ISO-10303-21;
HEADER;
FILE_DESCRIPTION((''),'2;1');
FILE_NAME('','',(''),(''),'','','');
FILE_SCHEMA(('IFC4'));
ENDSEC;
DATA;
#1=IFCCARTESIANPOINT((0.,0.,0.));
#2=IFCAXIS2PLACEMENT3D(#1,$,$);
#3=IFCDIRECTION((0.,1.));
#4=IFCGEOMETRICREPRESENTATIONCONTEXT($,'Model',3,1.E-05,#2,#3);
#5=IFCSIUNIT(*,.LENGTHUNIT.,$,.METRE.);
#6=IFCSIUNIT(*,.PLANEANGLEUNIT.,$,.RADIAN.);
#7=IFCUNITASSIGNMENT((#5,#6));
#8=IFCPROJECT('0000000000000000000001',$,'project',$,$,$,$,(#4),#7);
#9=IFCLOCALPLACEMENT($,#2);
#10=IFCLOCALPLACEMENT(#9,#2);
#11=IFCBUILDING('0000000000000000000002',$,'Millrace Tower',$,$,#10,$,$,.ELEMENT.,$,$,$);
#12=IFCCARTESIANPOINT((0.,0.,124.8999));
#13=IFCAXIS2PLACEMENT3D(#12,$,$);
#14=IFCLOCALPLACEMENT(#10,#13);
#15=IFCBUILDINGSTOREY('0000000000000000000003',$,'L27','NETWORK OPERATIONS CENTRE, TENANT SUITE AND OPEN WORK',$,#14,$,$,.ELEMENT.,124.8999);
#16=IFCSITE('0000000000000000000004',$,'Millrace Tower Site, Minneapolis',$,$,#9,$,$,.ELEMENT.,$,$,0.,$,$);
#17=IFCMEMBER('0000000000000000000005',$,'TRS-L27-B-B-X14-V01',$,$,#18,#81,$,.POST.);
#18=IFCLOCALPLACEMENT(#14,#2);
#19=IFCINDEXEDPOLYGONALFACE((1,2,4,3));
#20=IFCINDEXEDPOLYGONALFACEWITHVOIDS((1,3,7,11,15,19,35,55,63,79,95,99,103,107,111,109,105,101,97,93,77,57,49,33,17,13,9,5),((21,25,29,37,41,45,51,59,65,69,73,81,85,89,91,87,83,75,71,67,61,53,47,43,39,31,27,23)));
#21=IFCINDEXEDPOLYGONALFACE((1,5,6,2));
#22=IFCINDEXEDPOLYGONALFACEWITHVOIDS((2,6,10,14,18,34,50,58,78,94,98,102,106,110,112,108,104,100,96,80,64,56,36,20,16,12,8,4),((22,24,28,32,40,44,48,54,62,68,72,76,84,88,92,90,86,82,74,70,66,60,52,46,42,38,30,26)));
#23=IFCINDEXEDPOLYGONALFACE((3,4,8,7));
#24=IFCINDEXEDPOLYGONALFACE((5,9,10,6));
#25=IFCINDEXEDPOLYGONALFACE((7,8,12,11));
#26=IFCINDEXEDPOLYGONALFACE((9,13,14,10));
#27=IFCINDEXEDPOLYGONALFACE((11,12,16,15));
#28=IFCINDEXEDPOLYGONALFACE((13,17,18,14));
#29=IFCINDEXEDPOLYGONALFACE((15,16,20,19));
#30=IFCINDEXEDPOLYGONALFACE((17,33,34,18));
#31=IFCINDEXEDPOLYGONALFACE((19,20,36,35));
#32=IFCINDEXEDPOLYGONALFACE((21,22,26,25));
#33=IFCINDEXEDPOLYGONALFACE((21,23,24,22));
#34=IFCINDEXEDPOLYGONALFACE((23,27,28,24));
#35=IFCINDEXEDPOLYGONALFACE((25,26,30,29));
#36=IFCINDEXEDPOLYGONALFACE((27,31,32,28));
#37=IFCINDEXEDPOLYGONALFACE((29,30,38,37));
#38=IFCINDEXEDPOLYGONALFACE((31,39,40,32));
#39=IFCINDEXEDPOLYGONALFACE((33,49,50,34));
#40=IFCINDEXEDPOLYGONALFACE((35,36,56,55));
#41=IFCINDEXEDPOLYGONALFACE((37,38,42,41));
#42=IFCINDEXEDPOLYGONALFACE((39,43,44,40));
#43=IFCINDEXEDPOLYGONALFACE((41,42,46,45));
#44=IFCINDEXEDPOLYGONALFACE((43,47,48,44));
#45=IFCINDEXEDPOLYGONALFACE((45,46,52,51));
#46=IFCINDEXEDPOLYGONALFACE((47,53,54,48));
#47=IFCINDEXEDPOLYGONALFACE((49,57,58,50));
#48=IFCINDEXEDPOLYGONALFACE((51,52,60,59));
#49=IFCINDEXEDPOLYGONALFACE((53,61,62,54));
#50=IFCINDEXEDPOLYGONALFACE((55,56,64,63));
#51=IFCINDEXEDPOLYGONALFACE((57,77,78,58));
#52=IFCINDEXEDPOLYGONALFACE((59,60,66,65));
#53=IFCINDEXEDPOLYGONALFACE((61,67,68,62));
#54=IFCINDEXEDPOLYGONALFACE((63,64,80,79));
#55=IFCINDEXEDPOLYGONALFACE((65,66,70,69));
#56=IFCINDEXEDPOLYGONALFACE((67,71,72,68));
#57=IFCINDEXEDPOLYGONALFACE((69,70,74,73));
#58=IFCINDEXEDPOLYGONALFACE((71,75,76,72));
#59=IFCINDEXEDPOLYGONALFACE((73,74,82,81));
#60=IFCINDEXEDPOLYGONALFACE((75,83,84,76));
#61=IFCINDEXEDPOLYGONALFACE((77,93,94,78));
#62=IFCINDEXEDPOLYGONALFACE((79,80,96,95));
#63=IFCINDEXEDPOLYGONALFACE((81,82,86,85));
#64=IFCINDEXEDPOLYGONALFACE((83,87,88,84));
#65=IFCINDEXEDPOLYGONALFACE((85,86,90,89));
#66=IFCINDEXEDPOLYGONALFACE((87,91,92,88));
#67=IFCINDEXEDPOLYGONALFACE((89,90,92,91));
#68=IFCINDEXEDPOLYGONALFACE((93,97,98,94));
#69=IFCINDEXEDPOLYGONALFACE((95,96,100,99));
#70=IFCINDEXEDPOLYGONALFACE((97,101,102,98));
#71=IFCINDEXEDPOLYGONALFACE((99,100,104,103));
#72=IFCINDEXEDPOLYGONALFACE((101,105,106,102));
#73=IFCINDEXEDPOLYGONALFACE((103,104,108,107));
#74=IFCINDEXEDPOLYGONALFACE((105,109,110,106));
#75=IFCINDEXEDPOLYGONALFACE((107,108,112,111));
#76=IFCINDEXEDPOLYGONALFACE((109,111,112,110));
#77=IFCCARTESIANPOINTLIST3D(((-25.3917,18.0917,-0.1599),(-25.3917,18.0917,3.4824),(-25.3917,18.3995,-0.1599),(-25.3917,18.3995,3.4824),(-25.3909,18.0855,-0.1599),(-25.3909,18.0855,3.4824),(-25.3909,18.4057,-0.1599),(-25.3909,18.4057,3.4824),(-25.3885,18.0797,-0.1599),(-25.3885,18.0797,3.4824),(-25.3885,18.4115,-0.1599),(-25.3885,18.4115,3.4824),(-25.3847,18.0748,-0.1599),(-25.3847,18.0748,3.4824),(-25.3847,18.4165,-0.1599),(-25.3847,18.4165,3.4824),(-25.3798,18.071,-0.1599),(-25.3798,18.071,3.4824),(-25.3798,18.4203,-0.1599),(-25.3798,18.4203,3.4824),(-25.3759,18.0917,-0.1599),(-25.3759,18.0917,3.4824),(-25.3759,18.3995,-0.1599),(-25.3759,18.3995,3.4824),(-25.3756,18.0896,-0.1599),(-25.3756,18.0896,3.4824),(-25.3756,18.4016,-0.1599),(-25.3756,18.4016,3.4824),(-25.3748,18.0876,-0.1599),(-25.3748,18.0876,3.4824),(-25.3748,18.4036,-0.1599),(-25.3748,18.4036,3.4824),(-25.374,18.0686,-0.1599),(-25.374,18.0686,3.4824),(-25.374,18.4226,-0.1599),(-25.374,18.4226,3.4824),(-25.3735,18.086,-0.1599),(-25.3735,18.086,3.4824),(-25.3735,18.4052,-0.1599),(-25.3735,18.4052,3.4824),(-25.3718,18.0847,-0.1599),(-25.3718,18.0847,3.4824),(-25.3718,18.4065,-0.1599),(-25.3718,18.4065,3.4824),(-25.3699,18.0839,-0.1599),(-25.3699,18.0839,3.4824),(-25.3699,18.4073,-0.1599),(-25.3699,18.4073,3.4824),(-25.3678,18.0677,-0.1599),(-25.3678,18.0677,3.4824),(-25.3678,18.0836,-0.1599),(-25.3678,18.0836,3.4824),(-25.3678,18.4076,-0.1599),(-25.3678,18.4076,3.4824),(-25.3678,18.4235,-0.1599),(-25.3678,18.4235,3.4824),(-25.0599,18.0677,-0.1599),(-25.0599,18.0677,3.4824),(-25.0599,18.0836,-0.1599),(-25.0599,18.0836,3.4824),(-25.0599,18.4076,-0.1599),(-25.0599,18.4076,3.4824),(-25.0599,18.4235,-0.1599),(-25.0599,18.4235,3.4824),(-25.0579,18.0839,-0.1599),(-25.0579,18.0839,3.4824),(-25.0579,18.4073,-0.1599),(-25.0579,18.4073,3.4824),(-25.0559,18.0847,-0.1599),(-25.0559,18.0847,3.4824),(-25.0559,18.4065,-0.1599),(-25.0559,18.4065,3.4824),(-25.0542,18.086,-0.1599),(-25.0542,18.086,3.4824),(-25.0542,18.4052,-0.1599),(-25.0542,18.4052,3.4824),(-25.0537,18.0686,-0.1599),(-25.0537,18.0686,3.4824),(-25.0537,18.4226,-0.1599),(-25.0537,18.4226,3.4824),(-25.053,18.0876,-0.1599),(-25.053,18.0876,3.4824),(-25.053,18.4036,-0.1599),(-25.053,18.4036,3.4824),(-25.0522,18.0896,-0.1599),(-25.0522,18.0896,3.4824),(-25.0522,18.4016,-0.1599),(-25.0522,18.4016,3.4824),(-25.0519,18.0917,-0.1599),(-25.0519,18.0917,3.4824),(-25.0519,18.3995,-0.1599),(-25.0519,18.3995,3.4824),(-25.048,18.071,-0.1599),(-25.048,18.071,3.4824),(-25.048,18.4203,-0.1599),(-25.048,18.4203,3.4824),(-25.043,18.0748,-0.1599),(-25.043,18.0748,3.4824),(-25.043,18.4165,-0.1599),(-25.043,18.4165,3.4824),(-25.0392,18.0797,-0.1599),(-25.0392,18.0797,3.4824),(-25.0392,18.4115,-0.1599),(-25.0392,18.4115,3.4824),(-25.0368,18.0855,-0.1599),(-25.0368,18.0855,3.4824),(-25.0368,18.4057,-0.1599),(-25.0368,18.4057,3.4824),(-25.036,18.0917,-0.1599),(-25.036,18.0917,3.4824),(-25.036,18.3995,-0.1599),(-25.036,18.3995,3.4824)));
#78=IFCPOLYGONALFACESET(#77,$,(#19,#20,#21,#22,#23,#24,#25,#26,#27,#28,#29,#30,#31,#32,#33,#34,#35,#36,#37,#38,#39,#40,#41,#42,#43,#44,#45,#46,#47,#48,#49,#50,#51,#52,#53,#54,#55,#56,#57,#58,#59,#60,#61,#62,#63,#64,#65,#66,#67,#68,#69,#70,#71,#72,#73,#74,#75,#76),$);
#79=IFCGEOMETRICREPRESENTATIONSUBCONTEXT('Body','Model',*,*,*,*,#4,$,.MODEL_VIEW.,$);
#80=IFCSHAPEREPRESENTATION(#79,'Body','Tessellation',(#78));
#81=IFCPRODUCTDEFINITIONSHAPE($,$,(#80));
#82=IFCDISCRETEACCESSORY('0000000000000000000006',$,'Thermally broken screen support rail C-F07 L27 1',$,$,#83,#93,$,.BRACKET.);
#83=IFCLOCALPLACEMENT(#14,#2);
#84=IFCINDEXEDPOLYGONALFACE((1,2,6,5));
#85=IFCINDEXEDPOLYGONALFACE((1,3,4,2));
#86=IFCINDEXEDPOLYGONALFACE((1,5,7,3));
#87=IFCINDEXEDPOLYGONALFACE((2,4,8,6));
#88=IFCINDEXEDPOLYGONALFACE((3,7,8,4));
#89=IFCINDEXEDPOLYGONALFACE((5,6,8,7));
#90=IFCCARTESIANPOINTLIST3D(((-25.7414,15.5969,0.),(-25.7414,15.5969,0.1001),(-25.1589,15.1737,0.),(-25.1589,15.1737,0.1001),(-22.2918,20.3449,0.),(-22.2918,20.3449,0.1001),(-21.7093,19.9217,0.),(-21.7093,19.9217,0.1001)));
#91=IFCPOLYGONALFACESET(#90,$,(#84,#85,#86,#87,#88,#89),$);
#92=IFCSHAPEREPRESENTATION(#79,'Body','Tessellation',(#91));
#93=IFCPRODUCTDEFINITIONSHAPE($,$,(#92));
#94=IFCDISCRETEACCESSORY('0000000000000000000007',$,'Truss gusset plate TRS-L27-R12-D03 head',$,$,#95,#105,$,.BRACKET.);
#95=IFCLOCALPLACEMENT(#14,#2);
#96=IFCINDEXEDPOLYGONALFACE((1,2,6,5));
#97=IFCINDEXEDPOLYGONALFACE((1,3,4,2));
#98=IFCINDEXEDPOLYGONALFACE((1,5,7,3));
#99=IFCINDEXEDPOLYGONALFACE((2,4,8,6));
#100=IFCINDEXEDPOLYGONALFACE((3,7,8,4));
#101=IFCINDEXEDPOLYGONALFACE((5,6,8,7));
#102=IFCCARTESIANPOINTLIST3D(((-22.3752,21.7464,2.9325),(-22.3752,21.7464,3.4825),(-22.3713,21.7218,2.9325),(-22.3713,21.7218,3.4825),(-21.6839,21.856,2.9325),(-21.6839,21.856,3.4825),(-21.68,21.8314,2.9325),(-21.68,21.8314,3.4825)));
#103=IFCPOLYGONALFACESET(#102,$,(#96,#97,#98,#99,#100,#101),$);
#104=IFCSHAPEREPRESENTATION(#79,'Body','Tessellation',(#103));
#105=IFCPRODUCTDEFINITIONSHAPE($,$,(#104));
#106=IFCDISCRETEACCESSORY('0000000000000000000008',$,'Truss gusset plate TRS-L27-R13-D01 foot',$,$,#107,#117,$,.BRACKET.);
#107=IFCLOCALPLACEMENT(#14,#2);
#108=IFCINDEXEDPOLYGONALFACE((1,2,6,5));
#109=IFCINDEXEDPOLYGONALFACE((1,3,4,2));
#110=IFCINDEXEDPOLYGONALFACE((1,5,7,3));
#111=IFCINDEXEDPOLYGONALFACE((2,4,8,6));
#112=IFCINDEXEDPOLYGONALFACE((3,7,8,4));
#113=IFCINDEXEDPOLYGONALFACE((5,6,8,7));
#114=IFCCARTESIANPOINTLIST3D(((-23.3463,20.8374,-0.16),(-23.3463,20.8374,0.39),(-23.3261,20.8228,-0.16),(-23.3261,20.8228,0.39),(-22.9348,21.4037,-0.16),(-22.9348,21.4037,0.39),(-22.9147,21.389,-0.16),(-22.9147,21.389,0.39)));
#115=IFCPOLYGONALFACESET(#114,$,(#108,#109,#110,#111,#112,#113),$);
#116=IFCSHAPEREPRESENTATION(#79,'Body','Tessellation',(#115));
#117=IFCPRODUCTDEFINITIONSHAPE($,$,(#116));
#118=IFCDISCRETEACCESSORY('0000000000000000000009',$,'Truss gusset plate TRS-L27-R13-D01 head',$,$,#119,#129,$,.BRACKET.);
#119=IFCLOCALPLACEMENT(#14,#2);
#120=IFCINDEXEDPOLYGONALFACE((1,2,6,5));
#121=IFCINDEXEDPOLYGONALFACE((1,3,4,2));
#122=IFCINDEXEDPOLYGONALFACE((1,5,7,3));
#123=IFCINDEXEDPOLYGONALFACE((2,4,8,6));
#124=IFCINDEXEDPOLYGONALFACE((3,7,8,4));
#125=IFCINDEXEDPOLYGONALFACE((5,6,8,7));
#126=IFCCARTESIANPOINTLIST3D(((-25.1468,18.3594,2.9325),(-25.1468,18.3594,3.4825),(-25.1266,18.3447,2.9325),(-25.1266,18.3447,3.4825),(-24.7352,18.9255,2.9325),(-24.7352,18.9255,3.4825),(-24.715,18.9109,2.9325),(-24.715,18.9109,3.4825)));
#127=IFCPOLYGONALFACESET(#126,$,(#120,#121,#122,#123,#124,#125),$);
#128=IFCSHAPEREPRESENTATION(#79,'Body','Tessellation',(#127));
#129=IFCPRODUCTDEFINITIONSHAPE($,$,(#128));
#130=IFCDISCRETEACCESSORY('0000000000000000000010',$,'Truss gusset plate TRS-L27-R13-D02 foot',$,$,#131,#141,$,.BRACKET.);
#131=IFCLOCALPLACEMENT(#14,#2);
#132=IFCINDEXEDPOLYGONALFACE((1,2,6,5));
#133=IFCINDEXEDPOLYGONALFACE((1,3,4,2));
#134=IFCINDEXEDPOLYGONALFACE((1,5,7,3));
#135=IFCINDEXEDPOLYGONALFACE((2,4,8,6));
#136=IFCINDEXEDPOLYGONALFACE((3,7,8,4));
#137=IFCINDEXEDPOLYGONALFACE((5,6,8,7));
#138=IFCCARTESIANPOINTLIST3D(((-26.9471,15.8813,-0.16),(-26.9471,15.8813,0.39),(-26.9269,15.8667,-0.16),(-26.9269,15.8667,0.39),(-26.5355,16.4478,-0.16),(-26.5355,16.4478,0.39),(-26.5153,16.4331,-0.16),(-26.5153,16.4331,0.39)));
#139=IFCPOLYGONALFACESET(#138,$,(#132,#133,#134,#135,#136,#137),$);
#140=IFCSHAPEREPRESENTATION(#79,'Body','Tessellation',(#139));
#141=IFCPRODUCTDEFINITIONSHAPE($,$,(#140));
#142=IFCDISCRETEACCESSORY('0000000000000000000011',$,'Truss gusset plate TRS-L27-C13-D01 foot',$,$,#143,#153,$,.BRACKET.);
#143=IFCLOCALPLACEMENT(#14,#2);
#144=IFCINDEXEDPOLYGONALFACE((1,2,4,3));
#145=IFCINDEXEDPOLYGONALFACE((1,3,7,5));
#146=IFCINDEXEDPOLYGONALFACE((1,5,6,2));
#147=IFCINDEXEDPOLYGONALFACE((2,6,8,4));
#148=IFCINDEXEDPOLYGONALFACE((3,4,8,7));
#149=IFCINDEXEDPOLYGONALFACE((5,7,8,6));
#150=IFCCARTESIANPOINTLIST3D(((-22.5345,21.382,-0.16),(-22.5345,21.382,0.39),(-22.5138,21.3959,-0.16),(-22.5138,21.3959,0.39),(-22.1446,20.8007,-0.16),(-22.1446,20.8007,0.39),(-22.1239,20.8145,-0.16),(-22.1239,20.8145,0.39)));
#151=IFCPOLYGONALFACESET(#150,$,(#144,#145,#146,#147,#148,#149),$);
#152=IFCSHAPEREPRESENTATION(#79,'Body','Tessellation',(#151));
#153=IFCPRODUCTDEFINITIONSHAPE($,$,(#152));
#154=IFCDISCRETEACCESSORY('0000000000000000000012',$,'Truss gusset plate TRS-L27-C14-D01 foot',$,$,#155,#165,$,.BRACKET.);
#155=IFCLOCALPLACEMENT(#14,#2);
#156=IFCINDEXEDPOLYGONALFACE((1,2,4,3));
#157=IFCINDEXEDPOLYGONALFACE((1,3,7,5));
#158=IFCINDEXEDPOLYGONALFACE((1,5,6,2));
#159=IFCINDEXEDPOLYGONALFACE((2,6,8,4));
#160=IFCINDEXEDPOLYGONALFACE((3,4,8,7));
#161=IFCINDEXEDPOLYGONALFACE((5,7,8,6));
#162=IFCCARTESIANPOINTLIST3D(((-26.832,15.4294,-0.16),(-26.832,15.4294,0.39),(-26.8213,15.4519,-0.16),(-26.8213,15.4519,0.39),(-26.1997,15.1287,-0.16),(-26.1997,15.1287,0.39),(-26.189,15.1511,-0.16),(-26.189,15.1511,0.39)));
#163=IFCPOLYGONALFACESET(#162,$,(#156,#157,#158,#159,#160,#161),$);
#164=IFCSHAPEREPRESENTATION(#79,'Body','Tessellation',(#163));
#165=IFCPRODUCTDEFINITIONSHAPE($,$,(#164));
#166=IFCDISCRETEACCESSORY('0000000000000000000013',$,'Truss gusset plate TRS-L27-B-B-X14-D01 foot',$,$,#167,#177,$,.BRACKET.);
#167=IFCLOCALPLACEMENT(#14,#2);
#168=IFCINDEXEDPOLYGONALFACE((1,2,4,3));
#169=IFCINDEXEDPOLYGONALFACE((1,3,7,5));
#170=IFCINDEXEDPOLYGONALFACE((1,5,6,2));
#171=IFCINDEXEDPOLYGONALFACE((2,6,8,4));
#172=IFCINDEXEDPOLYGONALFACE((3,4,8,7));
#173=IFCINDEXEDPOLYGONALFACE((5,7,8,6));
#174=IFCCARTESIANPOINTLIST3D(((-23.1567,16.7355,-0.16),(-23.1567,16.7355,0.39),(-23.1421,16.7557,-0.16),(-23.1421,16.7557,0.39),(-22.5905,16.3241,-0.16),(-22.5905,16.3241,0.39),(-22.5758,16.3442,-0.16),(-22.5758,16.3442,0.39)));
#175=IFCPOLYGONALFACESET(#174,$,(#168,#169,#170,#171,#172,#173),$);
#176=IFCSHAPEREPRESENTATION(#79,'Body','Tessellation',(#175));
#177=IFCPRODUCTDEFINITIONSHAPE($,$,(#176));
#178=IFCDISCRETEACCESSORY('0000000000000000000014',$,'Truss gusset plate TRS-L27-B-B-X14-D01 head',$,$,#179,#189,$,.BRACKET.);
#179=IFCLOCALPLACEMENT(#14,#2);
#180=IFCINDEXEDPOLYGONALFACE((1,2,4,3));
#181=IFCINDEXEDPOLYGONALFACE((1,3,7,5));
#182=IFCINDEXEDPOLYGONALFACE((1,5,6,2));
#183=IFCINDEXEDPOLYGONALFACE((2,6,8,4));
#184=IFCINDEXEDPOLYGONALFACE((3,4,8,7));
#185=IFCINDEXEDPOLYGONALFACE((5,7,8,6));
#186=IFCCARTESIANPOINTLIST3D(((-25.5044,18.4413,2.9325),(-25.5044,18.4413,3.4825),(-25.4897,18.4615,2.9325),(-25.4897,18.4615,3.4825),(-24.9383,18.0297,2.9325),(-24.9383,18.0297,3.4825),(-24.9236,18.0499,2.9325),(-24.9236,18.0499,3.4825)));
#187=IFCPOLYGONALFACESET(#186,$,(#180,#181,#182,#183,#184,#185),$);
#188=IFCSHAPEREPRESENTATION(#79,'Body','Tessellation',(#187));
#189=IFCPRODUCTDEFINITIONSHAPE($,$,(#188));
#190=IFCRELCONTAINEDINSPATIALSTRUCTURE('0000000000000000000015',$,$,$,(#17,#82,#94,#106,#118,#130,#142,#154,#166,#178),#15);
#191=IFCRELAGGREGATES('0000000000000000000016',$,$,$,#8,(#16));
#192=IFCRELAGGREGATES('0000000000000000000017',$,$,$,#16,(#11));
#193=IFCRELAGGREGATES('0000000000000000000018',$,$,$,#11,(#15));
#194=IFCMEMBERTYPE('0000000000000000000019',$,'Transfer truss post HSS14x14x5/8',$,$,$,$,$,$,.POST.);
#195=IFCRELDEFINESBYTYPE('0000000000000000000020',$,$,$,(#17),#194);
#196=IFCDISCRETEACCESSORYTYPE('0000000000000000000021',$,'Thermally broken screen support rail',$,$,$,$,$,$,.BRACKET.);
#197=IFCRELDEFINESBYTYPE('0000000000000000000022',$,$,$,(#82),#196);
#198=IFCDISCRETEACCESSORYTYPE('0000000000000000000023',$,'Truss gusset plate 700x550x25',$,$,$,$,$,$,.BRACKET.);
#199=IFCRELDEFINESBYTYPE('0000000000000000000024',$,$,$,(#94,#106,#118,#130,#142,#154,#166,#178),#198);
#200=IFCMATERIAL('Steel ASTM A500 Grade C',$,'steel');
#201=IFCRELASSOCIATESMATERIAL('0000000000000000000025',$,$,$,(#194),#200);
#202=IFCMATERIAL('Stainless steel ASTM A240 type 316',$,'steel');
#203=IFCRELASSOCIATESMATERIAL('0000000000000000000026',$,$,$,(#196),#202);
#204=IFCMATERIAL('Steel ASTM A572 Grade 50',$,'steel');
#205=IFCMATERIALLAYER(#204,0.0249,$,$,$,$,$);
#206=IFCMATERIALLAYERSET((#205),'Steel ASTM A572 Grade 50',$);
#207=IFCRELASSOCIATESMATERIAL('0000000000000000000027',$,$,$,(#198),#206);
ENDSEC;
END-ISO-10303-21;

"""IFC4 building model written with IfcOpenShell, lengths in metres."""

from ifc_helpers import new_model, si_unit, direction, frame, origin, origin_2d, place, context, subcontext, project, spatial, rectangle, hollow_rectangle, extrude, material, layer, layer_set, material_profile, profile_set, type_object, element, save


model = new_model("IFC4")

# Units and contexts
model_context = context("Model", 3, precision=1e-05, world=origin(), true_north=direction((0.0, 1.0)))
body_context = subcontext(model_context, "Body", "Model", "MODEL_VIEW")
ifc_project = project(units=[si_unit("LENGTHUNIT", "METRE"), si_unit("PLANEANGLEUNIT", "RADIAN")], contexts=[model_context])

# Site, building, storey
site_placement = place(None, origin())
site = spatial("IfcSite", under=ifc_project, at=site_placement, Name="Millrace Tower Site, Minneapolis", CompositionType="ELEMENT", RefElevation=0.0)
building_placement = place(site_placement, origin())
building = spatial("IfcBuilding", under=site, at=building_placement, Name="Millrace Tower", CompositionType="ELEMENT")
storey_placement = place(building_placement, frame((0.0, 0.0, 124.8999)))
storey = spatial("IfcBuildingStorey", under=building, at=storey_placement, Name="L27", Description="NETWORK OPERATIONS CENTRE, TENANT SUITE AND OPEN WORK", CompositionType="ELEMENT", Elevation=124.8999)

# Member
ifc_material_1 = material(Name="Steel ASTM A500 Grade C", Category="steel")
ifc_material_profile_1 = material_profile(ifc_material_1, hollow_rectangle(XDim=0.3557, YDim=0.3557, WallThickness=0.0159, InnerFilletRadius=0.0081, OuterFilletRadius=0.0239, at=origin_2d()))
ifc_profile_set_1 = profile_set([ifc_material_profile_1], Name="Steel ASTM A500 Grade C")
member_type_1 = type_object("IfcMemberType", Name="Transfer truss post HSS14x14x5/8", PredefinedType="POST", material=ifc_profile_set_1)
for number, where, z_axis, x_axis, name in (
    (1, (-25.2139, 18.2456, -0.1599), (0.0, 0.0, 1.0), (1.0, 0.0, 0.0), "TRS-L27-B-B-X14-V01"),
):
    element("IfcMember", number, at=place(storey_placement, frame(where, z_axis=z_axis, x_axis=x_axis)), inside=storey, type_object=member_type_1, Name=name, PredefinedType="POST", context=body_context, shape_type="SweptSolid", body=[
        extrude(hollow_rectangle(XDim=0.3557, YDim=0.3557, WallThickness=0.0159, InnerFilletRadius=0.0081, OuterFilletRadius=0.0239, at=origin_2d()), origin(), (0.0, 0.0, 1.0), 3.6423),
    ])

# Discrete accessories
ifc_material_2 = material(Name="Stainless steel ASTM A240 type 316", Category="steel")
discrete_accessory_type_1 = type_object("IfcDiscreteAccessoryType", Name="Thermally broken screen support rail", PredefinedType="BRACKET", material=ifc_material_2)
discrete_accessory_1_placement = place(storey_placement, frame((-23.7253, 17.7593, 0.0), z_axis=(0.0, 0.0, 1.0), x_axis=(-0.587785, -0.809017, 0.0)))
element("IfcDiscreteAccessory", 2, at=discrete_accessory_1_placement, inside=storey, type_object=discrete_accessory_type_1, Name="Thermally broken screen support rail C-F07 L27 1", PredefinedType="BRACKET", context=body_context, shape_type="SweptSolid", body=[
    extrude(rectangle(XDim=5.8689, YDim=0.72, at=origin_2d()), origin(), (0.0, 0.0, 1.0), 0.1001),
])
ifc_material_3 = material(Name="Steel ASTM A572 Grade 50", Category="steel")
ifc_layer_1 = layer(ifc_material_3, 0.0249)
ifc_layer_set_1 = layer_set([ifc_layer_1], Name="Steel ASTM A572 Grade 50")
discrete_accessory_type_2 = type_object("IfcDiscreteAccessoryType", Name="Truss gusset plate 700x550x25", PredefinedType="BRACKET", material=ifc_layer_set_1)
for number, where, z_axis, x_axis, name in (
    (3, (-22.3733, 21.7341, 3.2075), (0.987664, 0.156589, 0.0), (-0.156589, 0.987664, 0.0), "Truss gusset plate TRS-L27-R12-D03 head"),
    (4, (-23.3362, 20.8301, 0.115), (0.587819, 0.808992, 0.0), (-0.808992, 0.587819, 0.0), "Truss gusset plate TRS-L27-R13-D01 foot"),
    (5, (-25.1367, 18.3521, 3.2075), (0.588047, 0.808827, 0.0), (-0.808827, 0.588047, 0.0), "Truss gusset plate TRS-L27-R13-D01 head"),
):
    element("IfcDiscreteAccessory", number, at=place(storey_placement, frame(where, z_axis=z_axis, x_axis=x_axis)), inside=storey, type_object=discrete_accessory_type_2, Name=name, PredefinedType="BRACKET", context=body_context, shape_type="SweptSolid", body=[
        extrude(rectangle(XDim=0.0249, YDim=0.55, at=origin_2d()), origin(), (0.0, 0.0, 1.0), 0.7),
    ])
discrete_accessory_2_placement = place(storey_placement, frame((-26.937, 15.874, 0.115), z_axis=(0.587881, 0.808947, 0.0), x_axis=(-0.808947, 0.587881, 0.0)))
element("IfcDiscreteAccessory", 6, at=discrete_accessory_2_placement, inside=storey, type_object=discrete_accessory_type_2, Name="Truss gusset plate TRS-L27-R13-D02 foot", PredefinedType="BRACKET", context=body_context, shape_type="SweptSolid", body=[
    extrude(rectangle(XDim=0.0249, YDim=0.55, at=origin_2d()), origin(), (0.0, 0.0, 1.0), 0.7002),
])
discrete_accessory_3_placement = place(storey_placement, frame((-22.5242, 21.3889, 0.115), z_axis=(0.557032, -0.830491, 0.0), x_axis=(0.830491, 0.557032, 0.0)))
element("IfcDiscreteAccessory", 7, at=discrete_accessory_3_placement, inside=storey, type_object=discrete_accessory_type_2, Name="Truss gusset plate TRS-L27-C13-D01 foot", PredefinedType="BRACKET", context=body_context, shape_type="SweptSolid", body=[
    extrude(rectangle(XDim=0.0249, YDim=0.55, at=origin_2d()), origin(), (0.0, 0.0, 1.0), 0.7),
])
discrete_accessory_4_placement = place(storey_placement, frame((-26.8267, 15.4407, 0.115), z_axis=(0.903041, -0.429555, 0.0), x_axis=(0.429555, 0.903041, 0.0)))
element("IfcDiscreteAccessory", 8, at=discrete_accessory_4_placement, inside=storey, type_object=discrete_accessory_type_2, Name="Truss gusset plate TRS-L27-C14-D01 foot", PredefinedType="BRACKET", context=body_context, shape_type="SweptSolid", body=[
    extrude(rectangle(XDim=0.0249, YDim=0.55, at=origin_2d()), origin(), (0.0, 0.0, 1.0), 0.7002),
])
for number, where, z_axis, x_axis, name in (
    (9, (-23.1494, 16.7456, 0.115), (0.808992, -0.587819, 0.0), (0.587819, 0.808992, 0.0), "Truss gusset plate TRS-L27-B-B-X14-D01 foot"),
    (10, (-25.4971, 18.4514, 3.2075), (0.808827, -0.588047, 0.0), (0.588047, 0.808827, 0.0), "Truss gusset plate TRS-L27-B-B-X14-D01 head"),
):
    element("IfcDiscreteAccessory", number, at=place(storey_placement, frame(where, z_axis=z_axis, x_axis=x_axis)), inside=storey, type_object=discrete_accessory_type_2, Name=name, PredefinedType="BRACKET", context=body_context, shape_type="SweptSolid", body=[
        extrude(rectangle(XDim=0.0249, YDim=0.55, at=origin_2d()), origin(), (0.0, 0.0, 1.0), 0.7),
    ])

save(model, "model.ifc")
